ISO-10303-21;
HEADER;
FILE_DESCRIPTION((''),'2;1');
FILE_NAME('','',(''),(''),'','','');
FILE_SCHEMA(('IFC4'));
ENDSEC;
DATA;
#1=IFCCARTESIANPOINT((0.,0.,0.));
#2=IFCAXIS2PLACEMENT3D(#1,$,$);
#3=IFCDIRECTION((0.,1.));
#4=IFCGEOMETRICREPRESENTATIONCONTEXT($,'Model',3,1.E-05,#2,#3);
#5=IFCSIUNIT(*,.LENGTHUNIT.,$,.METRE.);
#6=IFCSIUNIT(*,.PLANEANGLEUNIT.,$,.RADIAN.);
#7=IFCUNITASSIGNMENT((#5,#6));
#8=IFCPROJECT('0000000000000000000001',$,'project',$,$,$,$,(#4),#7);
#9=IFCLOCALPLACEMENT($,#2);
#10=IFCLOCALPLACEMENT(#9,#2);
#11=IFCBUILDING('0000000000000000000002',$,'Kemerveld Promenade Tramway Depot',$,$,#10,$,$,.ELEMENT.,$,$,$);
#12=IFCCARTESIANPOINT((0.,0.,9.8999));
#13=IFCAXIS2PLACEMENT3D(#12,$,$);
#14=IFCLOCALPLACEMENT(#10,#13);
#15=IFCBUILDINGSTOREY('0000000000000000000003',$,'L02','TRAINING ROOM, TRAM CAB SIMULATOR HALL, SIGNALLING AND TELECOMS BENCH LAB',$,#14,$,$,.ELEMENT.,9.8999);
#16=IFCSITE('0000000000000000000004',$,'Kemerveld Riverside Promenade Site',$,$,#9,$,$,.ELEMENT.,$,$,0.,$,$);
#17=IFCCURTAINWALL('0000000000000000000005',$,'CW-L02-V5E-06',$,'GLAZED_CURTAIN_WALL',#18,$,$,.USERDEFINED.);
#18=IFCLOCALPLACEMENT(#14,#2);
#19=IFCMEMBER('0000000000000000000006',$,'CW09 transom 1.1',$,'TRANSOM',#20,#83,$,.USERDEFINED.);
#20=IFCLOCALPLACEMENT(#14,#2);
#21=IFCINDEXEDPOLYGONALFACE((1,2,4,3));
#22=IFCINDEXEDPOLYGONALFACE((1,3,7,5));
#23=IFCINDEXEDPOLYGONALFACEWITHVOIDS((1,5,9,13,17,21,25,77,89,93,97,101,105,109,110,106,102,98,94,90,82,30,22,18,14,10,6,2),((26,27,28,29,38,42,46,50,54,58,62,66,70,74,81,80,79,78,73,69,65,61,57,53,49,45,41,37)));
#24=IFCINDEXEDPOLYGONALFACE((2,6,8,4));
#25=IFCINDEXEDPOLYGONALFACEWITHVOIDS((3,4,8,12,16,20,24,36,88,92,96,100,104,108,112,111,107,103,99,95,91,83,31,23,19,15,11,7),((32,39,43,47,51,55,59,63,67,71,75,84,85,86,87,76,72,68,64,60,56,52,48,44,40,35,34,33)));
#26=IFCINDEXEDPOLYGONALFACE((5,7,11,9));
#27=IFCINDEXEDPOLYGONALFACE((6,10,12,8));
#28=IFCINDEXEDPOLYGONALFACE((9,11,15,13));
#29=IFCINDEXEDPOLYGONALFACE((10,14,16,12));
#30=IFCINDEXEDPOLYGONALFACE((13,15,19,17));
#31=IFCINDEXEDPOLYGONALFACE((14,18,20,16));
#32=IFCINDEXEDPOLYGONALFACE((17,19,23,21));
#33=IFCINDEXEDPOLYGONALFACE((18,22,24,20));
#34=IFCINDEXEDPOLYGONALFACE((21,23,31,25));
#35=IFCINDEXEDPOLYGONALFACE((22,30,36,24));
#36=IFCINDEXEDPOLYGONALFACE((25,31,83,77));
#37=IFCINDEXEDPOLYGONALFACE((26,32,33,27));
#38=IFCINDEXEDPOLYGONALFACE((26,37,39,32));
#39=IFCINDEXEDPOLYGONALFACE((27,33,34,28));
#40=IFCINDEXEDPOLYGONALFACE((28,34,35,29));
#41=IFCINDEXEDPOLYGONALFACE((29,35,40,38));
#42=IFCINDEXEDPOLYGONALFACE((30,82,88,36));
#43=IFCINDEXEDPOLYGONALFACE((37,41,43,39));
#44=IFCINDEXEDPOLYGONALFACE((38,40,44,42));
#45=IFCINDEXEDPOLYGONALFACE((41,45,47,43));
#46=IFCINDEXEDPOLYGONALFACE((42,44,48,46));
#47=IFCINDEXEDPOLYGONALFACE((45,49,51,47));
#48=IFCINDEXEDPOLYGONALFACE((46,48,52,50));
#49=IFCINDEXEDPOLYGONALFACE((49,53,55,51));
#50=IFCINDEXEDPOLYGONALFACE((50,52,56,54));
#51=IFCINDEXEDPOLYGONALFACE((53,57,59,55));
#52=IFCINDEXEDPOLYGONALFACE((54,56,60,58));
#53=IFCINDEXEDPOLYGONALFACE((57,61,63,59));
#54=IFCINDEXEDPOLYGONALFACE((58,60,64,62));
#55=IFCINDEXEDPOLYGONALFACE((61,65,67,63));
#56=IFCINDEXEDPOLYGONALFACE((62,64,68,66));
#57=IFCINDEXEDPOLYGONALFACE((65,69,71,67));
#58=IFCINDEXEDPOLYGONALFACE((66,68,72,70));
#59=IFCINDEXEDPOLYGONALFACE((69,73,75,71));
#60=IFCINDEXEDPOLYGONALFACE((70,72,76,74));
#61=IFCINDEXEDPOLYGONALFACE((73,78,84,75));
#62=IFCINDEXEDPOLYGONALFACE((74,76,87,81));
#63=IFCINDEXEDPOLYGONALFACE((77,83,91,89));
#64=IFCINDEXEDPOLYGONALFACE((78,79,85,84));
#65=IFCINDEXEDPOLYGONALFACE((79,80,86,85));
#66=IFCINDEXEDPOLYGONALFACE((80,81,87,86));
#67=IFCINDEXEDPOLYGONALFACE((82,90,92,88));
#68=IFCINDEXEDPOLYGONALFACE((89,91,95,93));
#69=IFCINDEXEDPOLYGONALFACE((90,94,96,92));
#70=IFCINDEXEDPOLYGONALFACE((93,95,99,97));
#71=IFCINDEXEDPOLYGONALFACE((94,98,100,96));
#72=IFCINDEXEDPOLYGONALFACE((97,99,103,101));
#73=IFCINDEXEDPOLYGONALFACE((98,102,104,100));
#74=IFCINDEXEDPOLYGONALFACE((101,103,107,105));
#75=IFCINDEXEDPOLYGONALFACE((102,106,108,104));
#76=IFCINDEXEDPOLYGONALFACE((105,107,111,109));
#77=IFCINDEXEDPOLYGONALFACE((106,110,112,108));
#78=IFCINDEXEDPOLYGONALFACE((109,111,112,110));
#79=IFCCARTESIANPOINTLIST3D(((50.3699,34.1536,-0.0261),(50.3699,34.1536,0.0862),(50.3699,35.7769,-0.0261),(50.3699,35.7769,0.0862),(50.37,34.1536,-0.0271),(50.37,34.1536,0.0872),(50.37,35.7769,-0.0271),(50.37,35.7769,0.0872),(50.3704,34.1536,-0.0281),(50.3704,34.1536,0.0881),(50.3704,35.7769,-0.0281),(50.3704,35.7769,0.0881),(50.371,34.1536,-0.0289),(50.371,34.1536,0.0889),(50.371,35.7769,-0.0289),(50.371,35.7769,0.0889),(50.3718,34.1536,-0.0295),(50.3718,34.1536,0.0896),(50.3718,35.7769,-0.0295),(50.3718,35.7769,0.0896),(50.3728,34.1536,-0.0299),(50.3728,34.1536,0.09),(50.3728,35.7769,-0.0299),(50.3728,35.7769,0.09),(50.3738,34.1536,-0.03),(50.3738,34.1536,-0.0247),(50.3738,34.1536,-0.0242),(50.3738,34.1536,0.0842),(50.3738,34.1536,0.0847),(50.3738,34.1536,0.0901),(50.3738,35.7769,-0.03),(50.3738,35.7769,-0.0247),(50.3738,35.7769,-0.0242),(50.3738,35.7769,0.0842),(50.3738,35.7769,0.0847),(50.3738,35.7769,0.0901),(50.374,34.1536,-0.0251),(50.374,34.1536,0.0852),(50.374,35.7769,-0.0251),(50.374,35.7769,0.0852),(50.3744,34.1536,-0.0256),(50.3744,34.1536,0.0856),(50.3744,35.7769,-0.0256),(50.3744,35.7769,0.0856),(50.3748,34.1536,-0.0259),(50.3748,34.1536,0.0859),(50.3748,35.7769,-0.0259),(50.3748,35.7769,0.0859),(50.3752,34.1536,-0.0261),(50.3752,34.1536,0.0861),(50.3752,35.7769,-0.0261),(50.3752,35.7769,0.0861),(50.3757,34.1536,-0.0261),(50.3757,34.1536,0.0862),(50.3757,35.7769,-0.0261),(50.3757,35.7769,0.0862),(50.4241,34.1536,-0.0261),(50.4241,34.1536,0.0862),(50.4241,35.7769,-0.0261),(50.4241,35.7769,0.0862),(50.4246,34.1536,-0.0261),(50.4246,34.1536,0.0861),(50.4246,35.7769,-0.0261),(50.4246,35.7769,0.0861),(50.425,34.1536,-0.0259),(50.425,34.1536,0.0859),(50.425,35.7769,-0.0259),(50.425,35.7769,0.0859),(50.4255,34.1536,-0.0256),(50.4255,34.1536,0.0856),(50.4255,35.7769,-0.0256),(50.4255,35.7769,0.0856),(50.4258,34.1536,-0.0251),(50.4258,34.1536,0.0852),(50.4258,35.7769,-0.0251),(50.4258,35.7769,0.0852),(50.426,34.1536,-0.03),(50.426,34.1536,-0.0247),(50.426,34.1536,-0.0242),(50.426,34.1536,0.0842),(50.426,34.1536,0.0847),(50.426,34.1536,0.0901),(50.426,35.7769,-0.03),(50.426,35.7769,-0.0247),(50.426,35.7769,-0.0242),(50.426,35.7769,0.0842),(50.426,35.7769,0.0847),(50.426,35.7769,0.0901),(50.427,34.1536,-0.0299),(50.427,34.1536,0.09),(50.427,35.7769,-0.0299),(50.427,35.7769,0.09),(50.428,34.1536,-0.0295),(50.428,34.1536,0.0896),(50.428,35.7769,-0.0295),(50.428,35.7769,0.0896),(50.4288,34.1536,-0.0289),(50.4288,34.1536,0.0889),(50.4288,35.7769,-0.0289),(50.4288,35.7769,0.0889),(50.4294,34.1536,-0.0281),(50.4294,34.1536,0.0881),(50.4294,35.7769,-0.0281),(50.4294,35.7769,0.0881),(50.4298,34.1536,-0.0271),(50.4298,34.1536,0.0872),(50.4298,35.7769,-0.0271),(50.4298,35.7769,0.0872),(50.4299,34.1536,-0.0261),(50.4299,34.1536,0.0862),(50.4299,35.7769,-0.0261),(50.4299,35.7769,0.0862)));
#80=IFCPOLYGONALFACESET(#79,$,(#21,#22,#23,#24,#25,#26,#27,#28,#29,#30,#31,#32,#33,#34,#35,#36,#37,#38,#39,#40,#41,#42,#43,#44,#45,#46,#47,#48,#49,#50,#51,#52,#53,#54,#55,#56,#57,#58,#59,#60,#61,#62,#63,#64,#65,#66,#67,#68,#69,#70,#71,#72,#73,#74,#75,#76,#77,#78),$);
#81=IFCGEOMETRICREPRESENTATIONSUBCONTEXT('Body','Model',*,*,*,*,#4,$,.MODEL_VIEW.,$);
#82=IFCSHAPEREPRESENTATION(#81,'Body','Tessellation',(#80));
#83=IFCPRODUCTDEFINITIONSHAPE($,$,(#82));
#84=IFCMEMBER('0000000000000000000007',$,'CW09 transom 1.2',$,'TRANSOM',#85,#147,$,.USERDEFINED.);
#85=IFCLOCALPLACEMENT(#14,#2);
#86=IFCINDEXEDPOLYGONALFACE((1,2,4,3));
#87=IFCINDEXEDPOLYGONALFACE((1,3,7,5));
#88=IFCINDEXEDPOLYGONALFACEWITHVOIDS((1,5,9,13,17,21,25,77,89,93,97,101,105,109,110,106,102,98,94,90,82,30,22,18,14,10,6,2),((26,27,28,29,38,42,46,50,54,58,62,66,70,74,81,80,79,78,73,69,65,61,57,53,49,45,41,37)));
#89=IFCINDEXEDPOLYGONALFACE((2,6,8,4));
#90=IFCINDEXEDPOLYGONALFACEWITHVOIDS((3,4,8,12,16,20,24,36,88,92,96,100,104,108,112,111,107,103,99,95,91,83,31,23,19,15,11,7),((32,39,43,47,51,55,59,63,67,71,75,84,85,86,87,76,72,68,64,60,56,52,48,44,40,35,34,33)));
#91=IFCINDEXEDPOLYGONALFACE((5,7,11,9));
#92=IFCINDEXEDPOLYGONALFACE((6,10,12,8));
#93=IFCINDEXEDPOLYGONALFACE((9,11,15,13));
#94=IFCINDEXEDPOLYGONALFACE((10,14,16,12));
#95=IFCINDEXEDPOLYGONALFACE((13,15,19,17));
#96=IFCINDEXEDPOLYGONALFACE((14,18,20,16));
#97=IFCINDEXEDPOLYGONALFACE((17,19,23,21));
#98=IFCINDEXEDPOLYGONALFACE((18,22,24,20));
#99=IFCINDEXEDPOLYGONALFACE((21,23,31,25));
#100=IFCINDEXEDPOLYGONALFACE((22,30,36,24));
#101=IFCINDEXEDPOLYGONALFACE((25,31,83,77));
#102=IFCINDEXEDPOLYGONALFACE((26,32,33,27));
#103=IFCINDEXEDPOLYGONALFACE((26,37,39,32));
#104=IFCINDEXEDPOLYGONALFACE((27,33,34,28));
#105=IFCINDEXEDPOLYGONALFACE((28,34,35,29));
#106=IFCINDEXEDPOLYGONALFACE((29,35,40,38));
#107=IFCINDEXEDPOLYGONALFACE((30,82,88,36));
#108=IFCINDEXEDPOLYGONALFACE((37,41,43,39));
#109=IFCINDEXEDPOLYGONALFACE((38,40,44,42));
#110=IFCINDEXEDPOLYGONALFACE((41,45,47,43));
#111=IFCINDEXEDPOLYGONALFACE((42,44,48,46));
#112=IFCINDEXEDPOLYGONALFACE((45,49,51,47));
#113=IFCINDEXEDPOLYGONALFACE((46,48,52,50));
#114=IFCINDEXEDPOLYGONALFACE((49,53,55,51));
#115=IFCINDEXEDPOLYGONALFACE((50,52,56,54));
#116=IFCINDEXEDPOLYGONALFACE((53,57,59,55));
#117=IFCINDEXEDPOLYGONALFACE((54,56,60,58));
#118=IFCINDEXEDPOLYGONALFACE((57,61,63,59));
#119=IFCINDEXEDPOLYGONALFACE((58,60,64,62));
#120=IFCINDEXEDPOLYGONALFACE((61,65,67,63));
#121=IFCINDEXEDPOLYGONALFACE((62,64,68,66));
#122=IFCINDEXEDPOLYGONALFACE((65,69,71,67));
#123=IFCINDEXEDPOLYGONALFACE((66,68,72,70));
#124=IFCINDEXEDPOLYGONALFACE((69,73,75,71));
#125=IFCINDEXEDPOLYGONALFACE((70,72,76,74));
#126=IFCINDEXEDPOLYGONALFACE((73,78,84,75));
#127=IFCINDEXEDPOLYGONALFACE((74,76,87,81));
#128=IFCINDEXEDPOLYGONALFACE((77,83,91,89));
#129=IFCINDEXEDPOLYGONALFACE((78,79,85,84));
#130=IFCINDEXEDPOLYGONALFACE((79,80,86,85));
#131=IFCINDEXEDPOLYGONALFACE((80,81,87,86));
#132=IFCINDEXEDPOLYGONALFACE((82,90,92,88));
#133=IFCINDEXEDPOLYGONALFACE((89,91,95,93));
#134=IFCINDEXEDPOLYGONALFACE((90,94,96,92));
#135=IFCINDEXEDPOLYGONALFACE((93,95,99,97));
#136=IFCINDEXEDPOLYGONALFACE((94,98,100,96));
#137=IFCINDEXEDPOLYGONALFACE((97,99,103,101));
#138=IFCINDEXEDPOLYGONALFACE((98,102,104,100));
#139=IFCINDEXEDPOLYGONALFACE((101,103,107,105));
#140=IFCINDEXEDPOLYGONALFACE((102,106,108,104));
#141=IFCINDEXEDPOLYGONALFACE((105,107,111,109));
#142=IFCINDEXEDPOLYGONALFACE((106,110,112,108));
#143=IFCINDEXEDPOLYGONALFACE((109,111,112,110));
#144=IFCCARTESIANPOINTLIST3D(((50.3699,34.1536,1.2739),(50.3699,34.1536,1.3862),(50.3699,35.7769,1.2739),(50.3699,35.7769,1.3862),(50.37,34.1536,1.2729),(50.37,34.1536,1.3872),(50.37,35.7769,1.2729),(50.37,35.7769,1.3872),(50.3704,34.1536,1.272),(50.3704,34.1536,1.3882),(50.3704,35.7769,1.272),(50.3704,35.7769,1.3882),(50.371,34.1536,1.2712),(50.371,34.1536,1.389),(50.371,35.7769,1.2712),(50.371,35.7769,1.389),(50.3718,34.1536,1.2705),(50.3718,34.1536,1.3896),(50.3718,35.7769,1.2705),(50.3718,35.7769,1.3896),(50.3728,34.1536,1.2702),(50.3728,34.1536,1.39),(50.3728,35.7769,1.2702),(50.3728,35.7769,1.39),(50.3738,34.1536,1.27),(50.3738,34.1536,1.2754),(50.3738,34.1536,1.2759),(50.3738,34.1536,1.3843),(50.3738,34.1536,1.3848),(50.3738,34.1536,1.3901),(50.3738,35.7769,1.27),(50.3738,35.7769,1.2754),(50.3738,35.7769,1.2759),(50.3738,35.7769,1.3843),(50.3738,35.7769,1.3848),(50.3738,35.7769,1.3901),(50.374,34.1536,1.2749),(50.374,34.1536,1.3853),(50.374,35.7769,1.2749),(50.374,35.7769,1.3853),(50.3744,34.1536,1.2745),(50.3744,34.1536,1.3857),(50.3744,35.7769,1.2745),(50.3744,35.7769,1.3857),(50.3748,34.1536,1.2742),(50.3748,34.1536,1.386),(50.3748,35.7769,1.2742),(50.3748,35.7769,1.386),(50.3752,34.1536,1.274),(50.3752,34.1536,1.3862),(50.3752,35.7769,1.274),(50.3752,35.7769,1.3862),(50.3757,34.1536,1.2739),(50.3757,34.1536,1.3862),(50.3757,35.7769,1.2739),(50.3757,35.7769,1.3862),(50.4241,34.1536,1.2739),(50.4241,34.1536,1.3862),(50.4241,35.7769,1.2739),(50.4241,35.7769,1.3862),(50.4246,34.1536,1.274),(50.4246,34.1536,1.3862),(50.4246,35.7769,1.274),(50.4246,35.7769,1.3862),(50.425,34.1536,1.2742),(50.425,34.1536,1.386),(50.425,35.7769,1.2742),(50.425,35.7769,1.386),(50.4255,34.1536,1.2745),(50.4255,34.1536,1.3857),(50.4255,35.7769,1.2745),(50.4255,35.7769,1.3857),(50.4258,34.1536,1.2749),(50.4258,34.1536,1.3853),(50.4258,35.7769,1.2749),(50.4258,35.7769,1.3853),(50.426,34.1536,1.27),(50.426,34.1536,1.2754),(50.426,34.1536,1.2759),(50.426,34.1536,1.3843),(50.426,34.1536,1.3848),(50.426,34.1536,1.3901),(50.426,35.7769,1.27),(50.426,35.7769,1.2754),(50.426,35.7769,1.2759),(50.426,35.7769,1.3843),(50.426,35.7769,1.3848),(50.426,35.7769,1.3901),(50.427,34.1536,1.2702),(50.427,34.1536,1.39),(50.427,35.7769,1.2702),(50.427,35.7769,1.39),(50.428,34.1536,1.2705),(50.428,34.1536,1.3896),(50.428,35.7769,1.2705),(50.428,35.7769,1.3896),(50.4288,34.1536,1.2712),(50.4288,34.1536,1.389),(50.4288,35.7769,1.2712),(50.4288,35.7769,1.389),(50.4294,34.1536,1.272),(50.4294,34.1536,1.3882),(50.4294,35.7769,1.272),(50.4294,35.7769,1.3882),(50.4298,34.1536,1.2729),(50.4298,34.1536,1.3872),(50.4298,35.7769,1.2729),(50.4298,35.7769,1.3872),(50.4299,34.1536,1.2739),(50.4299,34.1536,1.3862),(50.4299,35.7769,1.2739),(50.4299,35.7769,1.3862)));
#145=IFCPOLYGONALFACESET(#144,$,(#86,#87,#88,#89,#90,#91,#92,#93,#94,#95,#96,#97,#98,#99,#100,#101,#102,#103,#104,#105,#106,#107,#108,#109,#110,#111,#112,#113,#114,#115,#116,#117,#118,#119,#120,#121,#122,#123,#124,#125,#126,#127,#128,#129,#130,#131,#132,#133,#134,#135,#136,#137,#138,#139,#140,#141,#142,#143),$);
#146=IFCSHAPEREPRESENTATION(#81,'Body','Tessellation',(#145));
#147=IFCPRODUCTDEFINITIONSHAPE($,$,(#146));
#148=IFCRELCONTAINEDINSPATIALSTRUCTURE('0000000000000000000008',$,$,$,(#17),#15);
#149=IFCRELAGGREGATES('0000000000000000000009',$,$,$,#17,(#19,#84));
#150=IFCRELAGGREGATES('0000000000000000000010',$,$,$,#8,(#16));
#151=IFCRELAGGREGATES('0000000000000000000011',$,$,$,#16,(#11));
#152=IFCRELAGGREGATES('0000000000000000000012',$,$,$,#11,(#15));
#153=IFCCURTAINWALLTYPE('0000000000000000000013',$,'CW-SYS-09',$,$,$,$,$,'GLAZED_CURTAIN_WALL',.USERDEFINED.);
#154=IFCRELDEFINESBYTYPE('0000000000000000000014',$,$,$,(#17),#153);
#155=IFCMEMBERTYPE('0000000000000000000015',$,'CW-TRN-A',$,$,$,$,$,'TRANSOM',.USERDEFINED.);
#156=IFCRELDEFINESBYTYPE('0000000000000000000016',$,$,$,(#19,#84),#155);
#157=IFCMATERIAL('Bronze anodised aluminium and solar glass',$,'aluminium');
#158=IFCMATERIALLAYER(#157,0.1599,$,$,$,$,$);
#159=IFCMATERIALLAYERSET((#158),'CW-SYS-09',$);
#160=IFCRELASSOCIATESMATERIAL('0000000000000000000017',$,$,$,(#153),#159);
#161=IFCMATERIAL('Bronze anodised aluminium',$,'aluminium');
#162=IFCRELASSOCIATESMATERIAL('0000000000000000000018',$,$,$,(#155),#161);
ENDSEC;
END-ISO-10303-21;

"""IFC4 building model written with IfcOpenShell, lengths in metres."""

from ifc_helpers import new_model, si_unit, direction, frame, origin, origin_2d, place, context, subcontext, project, spatial, hollow_rectangle, extrude, material, layer, layer_set, material_profile, profile_set, type_object, element, aggregate, save


model = new_model("IFC4")

# Units and contexts
model_context = context("Model", 3, precision=1e-05, world=origin(), true_north=direction((0.0, 1.0)))
body_context = subcontext(model_context, "Body", "Model", "MODEL_VIEW")
ifc_project = project(units=[si_unit("LENGTHUNIT", "METRE"), si_unit("PLANEANGLEUNIT", "RADIAN")], contexts=[model_context])

# Site, building, storey
site_placement = place(None, origin())
site = spatial("IfcSite", under=ifc_project, at=site_placement, Name="Kemerveld Riverside Promenade Site", CompositionType="ELEMENT", RefElevation=0.0)
building_placement = place(site_placement, origin())
building = spatial("IfcBuilding", under=site, at=building_placement, Name="Kemerveld Promenade Tramway Depot", CompositionType="ELEMENT")
storey_placement = place(building_placement, frame((0.0, 0.0, 9.8999)))
storey = spatial("IfcBuildingStorey", under=building, at=storey_placement, Name="L02", Description="TRAINING ROOM, TRAM CAB SIMULATOR HALL, SIGNALLING AND TELECOMS BENCH LAB", CompositionType="ELEMENT", Elevation=9.8999)

# Curtain wall, members
ifc_material_1 = material(Name="Bronze anodised aluminium and solar glass", Category="aluminium")
ifc_layer_1 = layer(ifc_material_1, 0.1599)
ifc_layer_set_1 = layer_set([ifc_layer_1], Name="CW-SYS-09")
curtain_wall_type = type_object("IfcCurtainWallType", Name="CW-SYS-09", ElementType="GLAZED_CURTAIN_WALL", PredefinedType="USERDEFINED", material=ifc_layer_set_1)
curtain_wall_placement = place(storey_placement, origin())
curtain_wall = element("IfcCurtainWall", 1, at=curtain_wall_placement, inside=storey, type_object=curtain_wall_type, Name="CW-L02-V5E-06", ObjectType="GLAZED_CURTAIN_WALL", PredefinedType="USERDEFINED")
ifc_material_2 = material(Name="Bronze anodised aluminium", Category="aluminium")
ifc_material_profile_1 = material_profile(ifc_material_2, hollow_rectangle(XDim=0.0601, YDim=0.1201, WallThickness=0.0039, InnerFilletRadius=0.002, OuterFilletRadius=0.0039, at=origin_2d()), Name="CW-TRN-120x60")
ifc_profile_set_1 = profile_set([ifc_material_profile_1], Name="Bronze anodised aluminium")
member_type_1 = type_object("IfcMemberType", Name="CW-TRN-A", ElementType="TRANSOM", PredefinedType="USERDEFINED", material=ifc_profile_set_1)
member_1_placement = place(storey_placement, frame((50.3999, 35.7769, 0.03), z_axis=(0.0, -1.0, 0.0), x_axis=(1.0, 0.0, 0.0)))
member_1 = element("IfcMember", 2, at=member_1_placement, type_object=member_type_1, Name="CW09 transom 1.1", ObjectType="TRANSOM", PredefinedType="USERDEFINED", context=body_context, shape_type="SweptSolid", body=[
    extrude(hollow_rectangle(XDim=0.0601, YDim=0.1201, WallThickness=0.0039, InnerFilletRadius=0.002, OuterFilletRadius=0.0039, at=origin_2d()), origin(), (0.0, 0.0, 1.0), 1.6233),
])
member_2_placement = place(storey_placement, frame((50.3999, 35.7769, 1.3301), z_axis=(0.0, -1.0, 0.0), x_axis=(1.0, 0.0, 0.0)))
member_2 = element("IfcMember", 3, at=member_2_placement, type_object=member_type_1, Name="CW09 transom 1.2", ObjectType="TRANSOM", PredefinedType="USERDEFINED", context=body_context, shape_type="SweptSolid", body=[
    extrude(hollow_rectangle(XDim=0.0601, YDim=0.1201, WallThickness=0.0039, InnerFilletRadius=0.002, OuterFilletRadius=0.0039, at=origin_2d()), origin(), (0.0, 0.0, 1.0), 1.6233),
])
aggregate(curtain_wall, [member_1, member_2])

save(model, "model.ifc")
